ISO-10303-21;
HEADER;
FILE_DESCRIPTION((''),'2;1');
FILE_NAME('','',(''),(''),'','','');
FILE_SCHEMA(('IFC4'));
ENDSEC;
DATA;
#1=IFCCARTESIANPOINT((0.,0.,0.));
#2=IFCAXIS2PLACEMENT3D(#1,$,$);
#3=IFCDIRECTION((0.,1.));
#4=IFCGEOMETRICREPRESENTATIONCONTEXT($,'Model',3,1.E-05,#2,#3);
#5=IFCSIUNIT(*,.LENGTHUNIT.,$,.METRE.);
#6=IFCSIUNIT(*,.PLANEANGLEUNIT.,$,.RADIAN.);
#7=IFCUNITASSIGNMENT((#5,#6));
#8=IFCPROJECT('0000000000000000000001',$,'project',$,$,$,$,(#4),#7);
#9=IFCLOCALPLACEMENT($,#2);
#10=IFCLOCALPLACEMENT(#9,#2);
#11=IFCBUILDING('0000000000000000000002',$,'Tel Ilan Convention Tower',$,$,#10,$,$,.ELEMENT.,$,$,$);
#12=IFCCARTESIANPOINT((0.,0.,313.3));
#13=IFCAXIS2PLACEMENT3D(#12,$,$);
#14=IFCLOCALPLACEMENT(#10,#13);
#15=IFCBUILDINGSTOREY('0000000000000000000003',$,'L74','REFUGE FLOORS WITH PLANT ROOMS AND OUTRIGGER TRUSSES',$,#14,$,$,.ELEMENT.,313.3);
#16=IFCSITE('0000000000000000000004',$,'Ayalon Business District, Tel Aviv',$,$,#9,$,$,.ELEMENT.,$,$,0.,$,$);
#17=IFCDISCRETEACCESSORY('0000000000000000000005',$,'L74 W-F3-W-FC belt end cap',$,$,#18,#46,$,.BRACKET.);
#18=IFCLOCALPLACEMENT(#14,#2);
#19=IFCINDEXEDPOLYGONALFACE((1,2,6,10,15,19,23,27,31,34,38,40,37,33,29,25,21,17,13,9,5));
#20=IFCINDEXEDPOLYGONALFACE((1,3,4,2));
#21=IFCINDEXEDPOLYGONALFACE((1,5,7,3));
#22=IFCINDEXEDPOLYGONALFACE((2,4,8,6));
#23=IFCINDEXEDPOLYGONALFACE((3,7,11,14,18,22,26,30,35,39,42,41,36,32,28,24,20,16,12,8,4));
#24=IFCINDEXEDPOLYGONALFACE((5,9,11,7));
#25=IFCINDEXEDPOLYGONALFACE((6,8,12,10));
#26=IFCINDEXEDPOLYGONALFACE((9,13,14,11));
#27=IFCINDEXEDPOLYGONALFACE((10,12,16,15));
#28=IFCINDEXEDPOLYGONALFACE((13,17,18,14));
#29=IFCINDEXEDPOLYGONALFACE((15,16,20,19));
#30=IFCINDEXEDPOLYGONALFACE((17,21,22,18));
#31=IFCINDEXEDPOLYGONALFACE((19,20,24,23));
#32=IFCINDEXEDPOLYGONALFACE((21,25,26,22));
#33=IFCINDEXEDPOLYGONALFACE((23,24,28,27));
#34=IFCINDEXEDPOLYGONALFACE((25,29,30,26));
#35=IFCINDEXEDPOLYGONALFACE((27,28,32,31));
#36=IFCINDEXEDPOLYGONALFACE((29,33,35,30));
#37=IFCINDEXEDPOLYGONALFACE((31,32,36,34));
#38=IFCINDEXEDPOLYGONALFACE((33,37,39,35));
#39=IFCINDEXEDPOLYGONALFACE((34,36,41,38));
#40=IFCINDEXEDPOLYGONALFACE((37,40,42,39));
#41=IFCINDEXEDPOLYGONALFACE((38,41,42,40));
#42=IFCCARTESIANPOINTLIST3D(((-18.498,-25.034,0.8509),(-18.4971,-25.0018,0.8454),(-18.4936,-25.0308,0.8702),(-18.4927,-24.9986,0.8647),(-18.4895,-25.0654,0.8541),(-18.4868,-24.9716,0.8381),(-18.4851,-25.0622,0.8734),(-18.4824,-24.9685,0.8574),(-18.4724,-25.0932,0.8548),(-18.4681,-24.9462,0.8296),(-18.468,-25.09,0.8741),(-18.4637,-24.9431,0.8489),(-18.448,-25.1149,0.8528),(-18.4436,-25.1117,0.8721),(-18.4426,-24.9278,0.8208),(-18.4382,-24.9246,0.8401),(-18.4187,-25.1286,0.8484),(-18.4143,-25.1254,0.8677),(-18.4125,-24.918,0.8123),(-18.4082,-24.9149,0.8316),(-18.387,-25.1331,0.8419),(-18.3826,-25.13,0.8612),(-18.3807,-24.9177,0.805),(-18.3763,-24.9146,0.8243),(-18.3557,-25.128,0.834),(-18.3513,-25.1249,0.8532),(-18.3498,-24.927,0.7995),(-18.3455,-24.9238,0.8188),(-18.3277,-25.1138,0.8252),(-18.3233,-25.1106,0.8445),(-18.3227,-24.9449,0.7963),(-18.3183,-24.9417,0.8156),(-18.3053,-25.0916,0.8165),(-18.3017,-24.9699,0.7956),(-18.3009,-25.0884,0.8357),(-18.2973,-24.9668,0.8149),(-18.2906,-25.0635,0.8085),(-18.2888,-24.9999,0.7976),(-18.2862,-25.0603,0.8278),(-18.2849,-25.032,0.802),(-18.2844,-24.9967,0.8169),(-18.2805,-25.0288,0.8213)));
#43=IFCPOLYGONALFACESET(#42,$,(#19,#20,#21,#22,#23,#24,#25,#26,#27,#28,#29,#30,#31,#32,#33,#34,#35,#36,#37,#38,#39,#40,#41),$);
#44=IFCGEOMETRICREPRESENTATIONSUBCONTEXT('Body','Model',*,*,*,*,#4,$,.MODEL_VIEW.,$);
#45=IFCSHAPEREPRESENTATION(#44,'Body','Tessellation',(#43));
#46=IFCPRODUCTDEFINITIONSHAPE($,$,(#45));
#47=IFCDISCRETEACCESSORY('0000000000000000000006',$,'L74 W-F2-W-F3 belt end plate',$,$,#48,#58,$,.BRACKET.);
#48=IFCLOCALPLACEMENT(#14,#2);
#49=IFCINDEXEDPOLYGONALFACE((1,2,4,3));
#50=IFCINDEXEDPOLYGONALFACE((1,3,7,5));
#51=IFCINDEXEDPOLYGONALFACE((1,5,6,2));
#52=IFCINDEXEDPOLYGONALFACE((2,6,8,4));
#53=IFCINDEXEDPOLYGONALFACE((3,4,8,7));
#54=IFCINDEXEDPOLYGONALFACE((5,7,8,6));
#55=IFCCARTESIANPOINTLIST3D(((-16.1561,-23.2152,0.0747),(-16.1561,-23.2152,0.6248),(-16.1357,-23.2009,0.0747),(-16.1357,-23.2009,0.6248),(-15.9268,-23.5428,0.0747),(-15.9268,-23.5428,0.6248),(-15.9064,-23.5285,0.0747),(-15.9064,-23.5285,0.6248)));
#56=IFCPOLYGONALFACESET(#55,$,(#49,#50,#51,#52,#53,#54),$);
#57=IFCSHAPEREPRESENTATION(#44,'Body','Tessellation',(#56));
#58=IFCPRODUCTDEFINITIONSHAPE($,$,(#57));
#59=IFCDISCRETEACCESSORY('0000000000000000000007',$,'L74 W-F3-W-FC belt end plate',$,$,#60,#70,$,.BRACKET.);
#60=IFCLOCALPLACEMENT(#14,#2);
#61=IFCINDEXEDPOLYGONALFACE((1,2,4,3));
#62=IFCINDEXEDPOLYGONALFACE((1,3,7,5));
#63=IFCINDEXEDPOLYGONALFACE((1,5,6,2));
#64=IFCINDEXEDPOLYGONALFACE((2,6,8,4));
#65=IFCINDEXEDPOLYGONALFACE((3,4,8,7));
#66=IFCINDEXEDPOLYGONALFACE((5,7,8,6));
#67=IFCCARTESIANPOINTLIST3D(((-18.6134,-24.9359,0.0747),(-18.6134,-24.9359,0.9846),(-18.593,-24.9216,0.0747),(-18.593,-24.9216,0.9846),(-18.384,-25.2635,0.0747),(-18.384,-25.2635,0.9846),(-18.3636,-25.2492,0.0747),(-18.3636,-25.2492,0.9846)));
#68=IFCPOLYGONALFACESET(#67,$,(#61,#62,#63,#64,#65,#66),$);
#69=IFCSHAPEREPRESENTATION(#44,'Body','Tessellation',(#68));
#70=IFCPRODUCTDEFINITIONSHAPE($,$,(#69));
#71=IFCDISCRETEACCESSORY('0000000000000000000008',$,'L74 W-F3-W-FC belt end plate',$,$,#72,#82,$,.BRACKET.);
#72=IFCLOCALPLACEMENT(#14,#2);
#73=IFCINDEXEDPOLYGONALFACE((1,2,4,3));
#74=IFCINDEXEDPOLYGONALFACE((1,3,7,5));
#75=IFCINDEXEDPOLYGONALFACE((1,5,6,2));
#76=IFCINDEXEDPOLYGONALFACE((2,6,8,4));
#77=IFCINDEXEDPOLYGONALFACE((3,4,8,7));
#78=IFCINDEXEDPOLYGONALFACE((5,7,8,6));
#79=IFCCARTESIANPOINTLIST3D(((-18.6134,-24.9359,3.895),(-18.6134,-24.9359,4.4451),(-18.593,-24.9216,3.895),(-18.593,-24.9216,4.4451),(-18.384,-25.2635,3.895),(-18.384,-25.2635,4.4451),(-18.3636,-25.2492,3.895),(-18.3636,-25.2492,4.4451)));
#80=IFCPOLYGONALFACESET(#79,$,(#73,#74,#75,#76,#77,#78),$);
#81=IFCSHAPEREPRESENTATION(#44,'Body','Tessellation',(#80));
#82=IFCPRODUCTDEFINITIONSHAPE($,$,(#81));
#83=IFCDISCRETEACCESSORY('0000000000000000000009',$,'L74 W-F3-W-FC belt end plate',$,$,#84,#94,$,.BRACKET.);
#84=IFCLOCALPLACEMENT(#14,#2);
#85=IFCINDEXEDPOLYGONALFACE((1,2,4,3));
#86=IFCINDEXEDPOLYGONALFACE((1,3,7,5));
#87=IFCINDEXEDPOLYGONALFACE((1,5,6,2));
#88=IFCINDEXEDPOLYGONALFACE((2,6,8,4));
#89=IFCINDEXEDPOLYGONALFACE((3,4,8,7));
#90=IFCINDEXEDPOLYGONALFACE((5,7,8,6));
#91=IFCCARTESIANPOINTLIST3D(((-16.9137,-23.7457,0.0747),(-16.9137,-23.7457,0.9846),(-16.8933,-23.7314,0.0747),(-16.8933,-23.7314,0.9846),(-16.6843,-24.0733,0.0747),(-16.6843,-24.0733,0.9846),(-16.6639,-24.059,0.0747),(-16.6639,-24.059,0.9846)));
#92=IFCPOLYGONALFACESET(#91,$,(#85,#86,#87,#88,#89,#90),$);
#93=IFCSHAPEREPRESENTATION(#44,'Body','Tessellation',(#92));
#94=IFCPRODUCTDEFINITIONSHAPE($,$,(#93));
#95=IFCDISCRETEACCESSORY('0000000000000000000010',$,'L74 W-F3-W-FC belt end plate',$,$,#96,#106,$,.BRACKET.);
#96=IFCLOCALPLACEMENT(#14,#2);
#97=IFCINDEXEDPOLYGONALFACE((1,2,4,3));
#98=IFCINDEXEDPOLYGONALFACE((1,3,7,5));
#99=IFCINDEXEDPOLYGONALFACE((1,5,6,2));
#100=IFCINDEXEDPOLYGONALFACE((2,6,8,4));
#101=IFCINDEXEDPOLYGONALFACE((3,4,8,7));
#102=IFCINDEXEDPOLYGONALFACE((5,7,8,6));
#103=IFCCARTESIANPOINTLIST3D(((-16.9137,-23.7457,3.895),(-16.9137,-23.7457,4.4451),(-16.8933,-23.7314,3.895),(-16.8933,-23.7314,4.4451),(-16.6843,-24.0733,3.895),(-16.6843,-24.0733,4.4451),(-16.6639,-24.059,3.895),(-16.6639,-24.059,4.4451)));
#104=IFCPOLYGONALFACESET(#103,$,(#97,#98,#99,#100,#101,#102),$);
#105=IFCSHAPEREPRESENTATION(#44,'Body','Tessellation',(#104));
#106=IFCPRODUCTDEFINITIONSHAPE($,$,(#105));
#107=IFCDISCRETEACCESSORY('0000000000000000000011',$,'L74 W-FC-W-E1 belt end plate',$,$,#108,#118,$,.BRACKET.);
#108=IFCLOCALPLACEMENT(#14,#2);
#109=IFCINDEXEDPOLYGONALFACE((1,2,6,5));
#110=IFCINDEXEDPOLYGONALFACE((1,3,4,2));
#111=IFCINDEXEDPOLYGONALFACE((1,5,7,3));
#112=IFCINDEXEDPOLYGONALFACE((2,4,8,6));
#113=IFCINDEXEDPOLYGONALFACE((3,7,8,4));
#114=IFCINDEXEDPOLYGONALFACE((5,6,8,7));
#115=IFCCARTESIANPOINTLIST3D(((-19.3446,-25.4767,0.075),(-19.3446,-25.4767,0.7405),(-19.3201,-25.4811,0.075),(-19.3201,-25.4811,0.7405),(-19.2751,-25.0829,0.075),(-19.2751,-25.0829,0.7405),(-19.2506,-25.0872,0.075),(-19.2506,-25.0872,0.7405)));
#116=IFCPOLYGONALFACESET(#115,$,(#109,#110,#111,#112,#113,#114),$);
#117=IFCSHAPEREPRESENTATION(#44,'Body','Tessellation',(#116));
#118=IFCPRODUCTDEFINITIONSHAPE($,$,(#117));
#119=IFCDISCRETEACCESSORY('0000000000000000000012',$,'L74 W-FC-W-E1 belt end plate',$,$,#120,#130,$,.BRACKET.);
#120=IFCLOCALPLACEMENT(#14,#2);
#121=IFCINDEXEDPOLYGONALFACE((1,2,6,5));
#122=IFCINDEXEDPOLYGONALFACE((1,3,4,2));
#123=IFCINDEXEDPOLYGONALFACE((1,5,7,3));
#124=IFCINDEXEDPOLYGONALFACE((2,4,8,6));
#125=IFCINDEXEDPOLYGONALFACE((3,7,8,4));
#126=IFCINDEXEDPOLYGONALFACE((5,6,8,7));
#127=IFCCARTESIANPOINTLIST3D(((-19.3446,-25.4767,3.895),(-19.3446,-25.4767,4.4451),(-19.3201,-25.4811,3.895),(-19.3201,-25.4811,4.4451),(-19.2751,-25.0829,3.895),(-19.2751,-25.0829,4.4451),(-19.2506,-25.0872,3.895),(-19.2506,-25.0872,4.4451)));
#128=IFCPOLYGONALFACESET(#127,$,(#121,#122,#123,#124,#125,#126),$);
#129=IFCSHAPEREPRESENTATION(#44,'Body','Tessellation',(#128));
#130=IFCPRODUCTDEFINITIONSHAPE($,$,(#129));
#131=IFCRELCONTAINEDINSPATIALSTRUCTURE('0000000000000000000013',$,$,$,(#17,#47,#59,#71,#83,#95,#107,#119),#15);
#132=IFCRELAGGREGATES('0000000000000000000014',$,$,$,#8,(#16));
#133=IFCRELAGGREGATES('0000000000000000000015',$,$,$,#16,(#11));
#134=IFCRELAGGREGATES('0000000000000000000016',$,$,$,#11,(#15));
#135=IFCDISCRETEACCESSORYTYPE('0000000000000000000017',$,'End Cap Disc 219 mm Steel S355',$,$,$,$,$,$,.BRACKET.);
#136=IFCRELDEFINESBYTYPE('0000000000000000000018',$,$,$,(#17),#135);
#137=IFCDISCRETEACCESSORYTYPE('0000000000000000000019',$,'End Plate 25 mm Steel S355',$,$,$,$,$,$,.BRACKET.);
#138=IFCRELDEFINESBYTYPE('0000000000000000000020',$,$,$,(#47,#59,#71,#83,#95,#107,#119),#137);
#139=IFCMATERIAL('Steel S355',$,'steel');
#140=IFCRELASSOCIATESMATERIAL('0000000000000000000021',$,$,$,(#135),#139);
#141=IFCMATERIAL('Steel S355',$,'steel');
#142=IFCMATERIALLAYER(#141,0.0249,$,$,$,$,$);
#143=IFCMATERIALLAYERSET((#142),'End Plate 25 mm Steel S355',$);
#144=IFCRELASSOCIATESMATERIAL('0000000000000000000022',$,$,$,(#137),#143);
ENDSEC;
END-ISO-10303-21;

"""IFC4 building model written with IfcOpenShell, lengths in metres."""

from ifc_helpers import new_model, si_unit, direction, frame, origin, origin_2d, place, context, subcontext, project, spatial, rectangle, circle, extrude, material, layer, layer_set, material_profile, profile_set, type_object, element, save


model = new_model("IFC4")

# Units and contexts
model_context = context("Model", 3, precision=1e-05, world=origin(), true_north=direction((0.0, 1.0)))
body_context = subcontext(model_context, "Body", "Model", "MODEL_VIEW")
ifc_project = project(units=[si_unit("LENGTHUNIT", "METRE"), si_unit("PLANEANGLEUNIT", "RADIAN")], contexts=[model_context])

# Site, building, storey
site_placement = place(None, origin())
site = spatial("IfcSite", under=ifc_project, at=site_placement, Name="Ayalon Business District, Tel Aviv", CompositionType="ELEMENT", RefElevation=0.0)
building_placement = place(site_placement, origin())
building = spatial("IfcBuilding", under=site, at=building_placement, Name="Tel Ilan Convention Tower", CompositionType="ELEMENT")
storey_placement = place(building_placement, frame((0.0, 0.0, 313.3)))
storey = spatial("IfcBuildingStorey", under=building, at=storey_placement, Name="L74", Description="REFUGE FLOORS WITH PLANT ROOMS AND OUTRIGGER TRUSSES", CompositionType="ELEMENT", Elevation=313.3)

# Discrete accessories
ifc_material_1 = material(Name="Steel S355", Category="steel")
ifc_material_profile_1 = material_profile(ifc_material_1, circle(Radius=0.1096, at=origin_2d()), Name="End Cap Disc 219 mm Steel S355")
ifc_profile_set_1 = profile_set([ifc_material_profile_1], Name="Steel S355")
discrete_accessory_type_1 = type_object("IfcDiscreteAccessoryType", Name="End Cap Disc 219 mm Steel S355", PredefinedType="BRACKET", material=ifc_profile_set_1)
for number, where, z_axis, x_axis, name in (
    (1, (-18.3875, -25.0217, 0.8445), (-0.219349, -0.158419, -0.962699), (0.585491, -0.810679, 0.0), "L74 W-F3-W-FC belt end cap"),
):
    element("IfcDiscreteAccessory", number, at=place(storey_placement, frame(where, z_axis=z_axis, x_axis=x_axis)), inside=storey, type_object=discrete_accessory_type_1, Name=name, PredefinedType="BRACKET", context=body_context, shape_type="SweptSolid", body=[
        extrude(circle(Radius=0.1096, at=origin_2d()), origin(), (0.0, 0.0, 1.0), 0.02),
    ])
ifc_material_2 = material(Name="Steel S355", Category="steel")
ifc_layer_1 = layer(ifc_material_2, 0.0249)
ifc_layer_set_1 = layer_set([ifc_layer_1], Name="End Plate 25 mm Steel S355")
discrete_accessory_type_2 = type_object("IfcDiscreteAccessoryType", Name="End Plate 25 mm Steel S355", PredefinedType="BRACKET", material=ifc_layer_set_1)
discrete_accessory_1_placement = place(storey_placement, frame((-16.0312, -23.3718, 0.0747), z_axis=(0.0, 0.0, 1.0), x_axis=(-0.819152, -0.573576, 0.0)))
element("IfcDiscreteAccessory", 2, at=discrete_accessory_1_placement, inside=storey, type_object=discrete_accessory_type_2, Name="L74 W-F2-W-F3 belt end plate", PredefinedType="BRACKET", context=body_context, shape_type="SweptSolid", body=[
    extrude(rectangle(XDim=0.0249, YDim=0.3999, at=origin_2d()), origin(), (0.0, 0.0, 1.0), 0.55),
])
discrete_accessory_2_placement = place(storey_placement, frame((-18.4885, -25.0925, 0.0747), z_axis=(0.0, 0.0, 1.0), x_axis=(-0.819152, -0.573576, 0.0)))
element("IfcDiscreteAccessory", 3, at=discrete_accessory_2_placement, inside=storey, type_object=discrete_accessory_type_2, Name="L74 W-F3-W-FC belt end plate", PredefinedType="BRACKET", context=body_context, shape_type="SweptSolid", body=[
    extrude(rectangle(XDim=0.0249, YDim=0.3999, at=origin_2d()), origin(), (0.0, 0.0, 1.0), 0.9099),
])
discrete_accessory_3_placement = place(storey_placement, frame((-18.4885, -25.0925, 3.895), z_axis=(0.0, 0.0, 1.0), x_axis=(-0.819152, -0.573576, 0.0)))
element("IfcDiscreteAccessory", 4, at=discrete_accessory_3_placement, inside=storey, type_object=discrete_accessory_type_2, Name="L74 W-F3-W-FC belt end plate", PredefinedType="BRACKET", context=body_context, shape_type="SweptSolid", body=[
    extrude(rectangle(XDim=0.0249, YDim=0.3999, at=origin_2d()), origin(), (0.0, 0.0, 1.0), 0.55),
])
discrete_accessory_4_placement = place(storey_placement, frame((-16.7888, -23.9023, 0.0747), z_axis=(0.0, 0.0, 1.0), x_axis=(0.819152, 0.573576, 0.0)))
element("IfcDiscreteAccessory", 5, at=discrete_accessory_4_placement, inside=storey, type_object=discrete_accessory_type_2, Name="L74 W-F3-W-FC belt end plate", PredefinedType="BRACKET", context=body_context, shape_type="SweptSolid", body=[
    extrude(rectangle(XDim=0.0249, YDim=0.3999, at=origin_2d()), origin(), (0.0, 0.0, 1.0), 0.9099),
])
discrete_accessory_5_placement = place(storey_placement, frame((-16.7888, -23.9023, 3.895), z_axis=(0.0, 0.0, 1.0), x_axis=(0.819152, 0.573576, 0.0)))
element("IfcDiscreteAccessory", 6, at=discrete_accessory_5_placement, inside=storey, type_object=discrete_accessory_type_2, Name="L74 W-F3-W-FC belt end plate", PredefinedType="BRACKET", context=body_context, shape_type="SweptSolid", body=[
    extrude(rectangle(XDim=0.0249, YDim=0.3999, at=origin_2d()), origin(), (0.0, 0.0, 1.0), 0.55),
])
discrete_accessory_6_placement = place(storey_placement, frame((-19.2976, -25.282, 0.075), z_axis=(0.0, 0.0, 1.0), x_axis=(0.984808, -0.173648, 0.0)))
element("IfcDiscreteAccessory", 7, at=discrete_accessory_6_placement, inside=storey, type_object=discrete_accessory_type_2, Name="L74 W-FC-W-E1 belt end plate", PredefinedType="BRACKET", context=body_context, shape_type="SweptSolid", body=[
    extrude(rectangle(XDim=0.0249, YDim=0.3999, at=origin_2d()), origin(), (0.0, 0.0, 1.0), 0.6655),
])
discrete_accessory_7_placement = place(storey_placement, frame((-19.2976, -25.282, 3.895), z_axis=(0.0, 0.0, 1.0), x_axis=(0.984808, -0.173648, 0.0)))
element("IfcDiscreteAccessory", 8, at=discrete_accessory_7_placement, inside=storey, type_object=discrete_accessory_type_2, Name="L74 W-FC-W-E1 belt end plate", PredefinedType="BRACKET", context=body_context, shape_type="SweptSolid", body=[
    extrude(rectangle(XDim=0.0249, YDim=0.3999, at=origin_2d()), origin(), (0.0, 0.0, 1.0), 0.55),
])

save(model, "model.ifc")
